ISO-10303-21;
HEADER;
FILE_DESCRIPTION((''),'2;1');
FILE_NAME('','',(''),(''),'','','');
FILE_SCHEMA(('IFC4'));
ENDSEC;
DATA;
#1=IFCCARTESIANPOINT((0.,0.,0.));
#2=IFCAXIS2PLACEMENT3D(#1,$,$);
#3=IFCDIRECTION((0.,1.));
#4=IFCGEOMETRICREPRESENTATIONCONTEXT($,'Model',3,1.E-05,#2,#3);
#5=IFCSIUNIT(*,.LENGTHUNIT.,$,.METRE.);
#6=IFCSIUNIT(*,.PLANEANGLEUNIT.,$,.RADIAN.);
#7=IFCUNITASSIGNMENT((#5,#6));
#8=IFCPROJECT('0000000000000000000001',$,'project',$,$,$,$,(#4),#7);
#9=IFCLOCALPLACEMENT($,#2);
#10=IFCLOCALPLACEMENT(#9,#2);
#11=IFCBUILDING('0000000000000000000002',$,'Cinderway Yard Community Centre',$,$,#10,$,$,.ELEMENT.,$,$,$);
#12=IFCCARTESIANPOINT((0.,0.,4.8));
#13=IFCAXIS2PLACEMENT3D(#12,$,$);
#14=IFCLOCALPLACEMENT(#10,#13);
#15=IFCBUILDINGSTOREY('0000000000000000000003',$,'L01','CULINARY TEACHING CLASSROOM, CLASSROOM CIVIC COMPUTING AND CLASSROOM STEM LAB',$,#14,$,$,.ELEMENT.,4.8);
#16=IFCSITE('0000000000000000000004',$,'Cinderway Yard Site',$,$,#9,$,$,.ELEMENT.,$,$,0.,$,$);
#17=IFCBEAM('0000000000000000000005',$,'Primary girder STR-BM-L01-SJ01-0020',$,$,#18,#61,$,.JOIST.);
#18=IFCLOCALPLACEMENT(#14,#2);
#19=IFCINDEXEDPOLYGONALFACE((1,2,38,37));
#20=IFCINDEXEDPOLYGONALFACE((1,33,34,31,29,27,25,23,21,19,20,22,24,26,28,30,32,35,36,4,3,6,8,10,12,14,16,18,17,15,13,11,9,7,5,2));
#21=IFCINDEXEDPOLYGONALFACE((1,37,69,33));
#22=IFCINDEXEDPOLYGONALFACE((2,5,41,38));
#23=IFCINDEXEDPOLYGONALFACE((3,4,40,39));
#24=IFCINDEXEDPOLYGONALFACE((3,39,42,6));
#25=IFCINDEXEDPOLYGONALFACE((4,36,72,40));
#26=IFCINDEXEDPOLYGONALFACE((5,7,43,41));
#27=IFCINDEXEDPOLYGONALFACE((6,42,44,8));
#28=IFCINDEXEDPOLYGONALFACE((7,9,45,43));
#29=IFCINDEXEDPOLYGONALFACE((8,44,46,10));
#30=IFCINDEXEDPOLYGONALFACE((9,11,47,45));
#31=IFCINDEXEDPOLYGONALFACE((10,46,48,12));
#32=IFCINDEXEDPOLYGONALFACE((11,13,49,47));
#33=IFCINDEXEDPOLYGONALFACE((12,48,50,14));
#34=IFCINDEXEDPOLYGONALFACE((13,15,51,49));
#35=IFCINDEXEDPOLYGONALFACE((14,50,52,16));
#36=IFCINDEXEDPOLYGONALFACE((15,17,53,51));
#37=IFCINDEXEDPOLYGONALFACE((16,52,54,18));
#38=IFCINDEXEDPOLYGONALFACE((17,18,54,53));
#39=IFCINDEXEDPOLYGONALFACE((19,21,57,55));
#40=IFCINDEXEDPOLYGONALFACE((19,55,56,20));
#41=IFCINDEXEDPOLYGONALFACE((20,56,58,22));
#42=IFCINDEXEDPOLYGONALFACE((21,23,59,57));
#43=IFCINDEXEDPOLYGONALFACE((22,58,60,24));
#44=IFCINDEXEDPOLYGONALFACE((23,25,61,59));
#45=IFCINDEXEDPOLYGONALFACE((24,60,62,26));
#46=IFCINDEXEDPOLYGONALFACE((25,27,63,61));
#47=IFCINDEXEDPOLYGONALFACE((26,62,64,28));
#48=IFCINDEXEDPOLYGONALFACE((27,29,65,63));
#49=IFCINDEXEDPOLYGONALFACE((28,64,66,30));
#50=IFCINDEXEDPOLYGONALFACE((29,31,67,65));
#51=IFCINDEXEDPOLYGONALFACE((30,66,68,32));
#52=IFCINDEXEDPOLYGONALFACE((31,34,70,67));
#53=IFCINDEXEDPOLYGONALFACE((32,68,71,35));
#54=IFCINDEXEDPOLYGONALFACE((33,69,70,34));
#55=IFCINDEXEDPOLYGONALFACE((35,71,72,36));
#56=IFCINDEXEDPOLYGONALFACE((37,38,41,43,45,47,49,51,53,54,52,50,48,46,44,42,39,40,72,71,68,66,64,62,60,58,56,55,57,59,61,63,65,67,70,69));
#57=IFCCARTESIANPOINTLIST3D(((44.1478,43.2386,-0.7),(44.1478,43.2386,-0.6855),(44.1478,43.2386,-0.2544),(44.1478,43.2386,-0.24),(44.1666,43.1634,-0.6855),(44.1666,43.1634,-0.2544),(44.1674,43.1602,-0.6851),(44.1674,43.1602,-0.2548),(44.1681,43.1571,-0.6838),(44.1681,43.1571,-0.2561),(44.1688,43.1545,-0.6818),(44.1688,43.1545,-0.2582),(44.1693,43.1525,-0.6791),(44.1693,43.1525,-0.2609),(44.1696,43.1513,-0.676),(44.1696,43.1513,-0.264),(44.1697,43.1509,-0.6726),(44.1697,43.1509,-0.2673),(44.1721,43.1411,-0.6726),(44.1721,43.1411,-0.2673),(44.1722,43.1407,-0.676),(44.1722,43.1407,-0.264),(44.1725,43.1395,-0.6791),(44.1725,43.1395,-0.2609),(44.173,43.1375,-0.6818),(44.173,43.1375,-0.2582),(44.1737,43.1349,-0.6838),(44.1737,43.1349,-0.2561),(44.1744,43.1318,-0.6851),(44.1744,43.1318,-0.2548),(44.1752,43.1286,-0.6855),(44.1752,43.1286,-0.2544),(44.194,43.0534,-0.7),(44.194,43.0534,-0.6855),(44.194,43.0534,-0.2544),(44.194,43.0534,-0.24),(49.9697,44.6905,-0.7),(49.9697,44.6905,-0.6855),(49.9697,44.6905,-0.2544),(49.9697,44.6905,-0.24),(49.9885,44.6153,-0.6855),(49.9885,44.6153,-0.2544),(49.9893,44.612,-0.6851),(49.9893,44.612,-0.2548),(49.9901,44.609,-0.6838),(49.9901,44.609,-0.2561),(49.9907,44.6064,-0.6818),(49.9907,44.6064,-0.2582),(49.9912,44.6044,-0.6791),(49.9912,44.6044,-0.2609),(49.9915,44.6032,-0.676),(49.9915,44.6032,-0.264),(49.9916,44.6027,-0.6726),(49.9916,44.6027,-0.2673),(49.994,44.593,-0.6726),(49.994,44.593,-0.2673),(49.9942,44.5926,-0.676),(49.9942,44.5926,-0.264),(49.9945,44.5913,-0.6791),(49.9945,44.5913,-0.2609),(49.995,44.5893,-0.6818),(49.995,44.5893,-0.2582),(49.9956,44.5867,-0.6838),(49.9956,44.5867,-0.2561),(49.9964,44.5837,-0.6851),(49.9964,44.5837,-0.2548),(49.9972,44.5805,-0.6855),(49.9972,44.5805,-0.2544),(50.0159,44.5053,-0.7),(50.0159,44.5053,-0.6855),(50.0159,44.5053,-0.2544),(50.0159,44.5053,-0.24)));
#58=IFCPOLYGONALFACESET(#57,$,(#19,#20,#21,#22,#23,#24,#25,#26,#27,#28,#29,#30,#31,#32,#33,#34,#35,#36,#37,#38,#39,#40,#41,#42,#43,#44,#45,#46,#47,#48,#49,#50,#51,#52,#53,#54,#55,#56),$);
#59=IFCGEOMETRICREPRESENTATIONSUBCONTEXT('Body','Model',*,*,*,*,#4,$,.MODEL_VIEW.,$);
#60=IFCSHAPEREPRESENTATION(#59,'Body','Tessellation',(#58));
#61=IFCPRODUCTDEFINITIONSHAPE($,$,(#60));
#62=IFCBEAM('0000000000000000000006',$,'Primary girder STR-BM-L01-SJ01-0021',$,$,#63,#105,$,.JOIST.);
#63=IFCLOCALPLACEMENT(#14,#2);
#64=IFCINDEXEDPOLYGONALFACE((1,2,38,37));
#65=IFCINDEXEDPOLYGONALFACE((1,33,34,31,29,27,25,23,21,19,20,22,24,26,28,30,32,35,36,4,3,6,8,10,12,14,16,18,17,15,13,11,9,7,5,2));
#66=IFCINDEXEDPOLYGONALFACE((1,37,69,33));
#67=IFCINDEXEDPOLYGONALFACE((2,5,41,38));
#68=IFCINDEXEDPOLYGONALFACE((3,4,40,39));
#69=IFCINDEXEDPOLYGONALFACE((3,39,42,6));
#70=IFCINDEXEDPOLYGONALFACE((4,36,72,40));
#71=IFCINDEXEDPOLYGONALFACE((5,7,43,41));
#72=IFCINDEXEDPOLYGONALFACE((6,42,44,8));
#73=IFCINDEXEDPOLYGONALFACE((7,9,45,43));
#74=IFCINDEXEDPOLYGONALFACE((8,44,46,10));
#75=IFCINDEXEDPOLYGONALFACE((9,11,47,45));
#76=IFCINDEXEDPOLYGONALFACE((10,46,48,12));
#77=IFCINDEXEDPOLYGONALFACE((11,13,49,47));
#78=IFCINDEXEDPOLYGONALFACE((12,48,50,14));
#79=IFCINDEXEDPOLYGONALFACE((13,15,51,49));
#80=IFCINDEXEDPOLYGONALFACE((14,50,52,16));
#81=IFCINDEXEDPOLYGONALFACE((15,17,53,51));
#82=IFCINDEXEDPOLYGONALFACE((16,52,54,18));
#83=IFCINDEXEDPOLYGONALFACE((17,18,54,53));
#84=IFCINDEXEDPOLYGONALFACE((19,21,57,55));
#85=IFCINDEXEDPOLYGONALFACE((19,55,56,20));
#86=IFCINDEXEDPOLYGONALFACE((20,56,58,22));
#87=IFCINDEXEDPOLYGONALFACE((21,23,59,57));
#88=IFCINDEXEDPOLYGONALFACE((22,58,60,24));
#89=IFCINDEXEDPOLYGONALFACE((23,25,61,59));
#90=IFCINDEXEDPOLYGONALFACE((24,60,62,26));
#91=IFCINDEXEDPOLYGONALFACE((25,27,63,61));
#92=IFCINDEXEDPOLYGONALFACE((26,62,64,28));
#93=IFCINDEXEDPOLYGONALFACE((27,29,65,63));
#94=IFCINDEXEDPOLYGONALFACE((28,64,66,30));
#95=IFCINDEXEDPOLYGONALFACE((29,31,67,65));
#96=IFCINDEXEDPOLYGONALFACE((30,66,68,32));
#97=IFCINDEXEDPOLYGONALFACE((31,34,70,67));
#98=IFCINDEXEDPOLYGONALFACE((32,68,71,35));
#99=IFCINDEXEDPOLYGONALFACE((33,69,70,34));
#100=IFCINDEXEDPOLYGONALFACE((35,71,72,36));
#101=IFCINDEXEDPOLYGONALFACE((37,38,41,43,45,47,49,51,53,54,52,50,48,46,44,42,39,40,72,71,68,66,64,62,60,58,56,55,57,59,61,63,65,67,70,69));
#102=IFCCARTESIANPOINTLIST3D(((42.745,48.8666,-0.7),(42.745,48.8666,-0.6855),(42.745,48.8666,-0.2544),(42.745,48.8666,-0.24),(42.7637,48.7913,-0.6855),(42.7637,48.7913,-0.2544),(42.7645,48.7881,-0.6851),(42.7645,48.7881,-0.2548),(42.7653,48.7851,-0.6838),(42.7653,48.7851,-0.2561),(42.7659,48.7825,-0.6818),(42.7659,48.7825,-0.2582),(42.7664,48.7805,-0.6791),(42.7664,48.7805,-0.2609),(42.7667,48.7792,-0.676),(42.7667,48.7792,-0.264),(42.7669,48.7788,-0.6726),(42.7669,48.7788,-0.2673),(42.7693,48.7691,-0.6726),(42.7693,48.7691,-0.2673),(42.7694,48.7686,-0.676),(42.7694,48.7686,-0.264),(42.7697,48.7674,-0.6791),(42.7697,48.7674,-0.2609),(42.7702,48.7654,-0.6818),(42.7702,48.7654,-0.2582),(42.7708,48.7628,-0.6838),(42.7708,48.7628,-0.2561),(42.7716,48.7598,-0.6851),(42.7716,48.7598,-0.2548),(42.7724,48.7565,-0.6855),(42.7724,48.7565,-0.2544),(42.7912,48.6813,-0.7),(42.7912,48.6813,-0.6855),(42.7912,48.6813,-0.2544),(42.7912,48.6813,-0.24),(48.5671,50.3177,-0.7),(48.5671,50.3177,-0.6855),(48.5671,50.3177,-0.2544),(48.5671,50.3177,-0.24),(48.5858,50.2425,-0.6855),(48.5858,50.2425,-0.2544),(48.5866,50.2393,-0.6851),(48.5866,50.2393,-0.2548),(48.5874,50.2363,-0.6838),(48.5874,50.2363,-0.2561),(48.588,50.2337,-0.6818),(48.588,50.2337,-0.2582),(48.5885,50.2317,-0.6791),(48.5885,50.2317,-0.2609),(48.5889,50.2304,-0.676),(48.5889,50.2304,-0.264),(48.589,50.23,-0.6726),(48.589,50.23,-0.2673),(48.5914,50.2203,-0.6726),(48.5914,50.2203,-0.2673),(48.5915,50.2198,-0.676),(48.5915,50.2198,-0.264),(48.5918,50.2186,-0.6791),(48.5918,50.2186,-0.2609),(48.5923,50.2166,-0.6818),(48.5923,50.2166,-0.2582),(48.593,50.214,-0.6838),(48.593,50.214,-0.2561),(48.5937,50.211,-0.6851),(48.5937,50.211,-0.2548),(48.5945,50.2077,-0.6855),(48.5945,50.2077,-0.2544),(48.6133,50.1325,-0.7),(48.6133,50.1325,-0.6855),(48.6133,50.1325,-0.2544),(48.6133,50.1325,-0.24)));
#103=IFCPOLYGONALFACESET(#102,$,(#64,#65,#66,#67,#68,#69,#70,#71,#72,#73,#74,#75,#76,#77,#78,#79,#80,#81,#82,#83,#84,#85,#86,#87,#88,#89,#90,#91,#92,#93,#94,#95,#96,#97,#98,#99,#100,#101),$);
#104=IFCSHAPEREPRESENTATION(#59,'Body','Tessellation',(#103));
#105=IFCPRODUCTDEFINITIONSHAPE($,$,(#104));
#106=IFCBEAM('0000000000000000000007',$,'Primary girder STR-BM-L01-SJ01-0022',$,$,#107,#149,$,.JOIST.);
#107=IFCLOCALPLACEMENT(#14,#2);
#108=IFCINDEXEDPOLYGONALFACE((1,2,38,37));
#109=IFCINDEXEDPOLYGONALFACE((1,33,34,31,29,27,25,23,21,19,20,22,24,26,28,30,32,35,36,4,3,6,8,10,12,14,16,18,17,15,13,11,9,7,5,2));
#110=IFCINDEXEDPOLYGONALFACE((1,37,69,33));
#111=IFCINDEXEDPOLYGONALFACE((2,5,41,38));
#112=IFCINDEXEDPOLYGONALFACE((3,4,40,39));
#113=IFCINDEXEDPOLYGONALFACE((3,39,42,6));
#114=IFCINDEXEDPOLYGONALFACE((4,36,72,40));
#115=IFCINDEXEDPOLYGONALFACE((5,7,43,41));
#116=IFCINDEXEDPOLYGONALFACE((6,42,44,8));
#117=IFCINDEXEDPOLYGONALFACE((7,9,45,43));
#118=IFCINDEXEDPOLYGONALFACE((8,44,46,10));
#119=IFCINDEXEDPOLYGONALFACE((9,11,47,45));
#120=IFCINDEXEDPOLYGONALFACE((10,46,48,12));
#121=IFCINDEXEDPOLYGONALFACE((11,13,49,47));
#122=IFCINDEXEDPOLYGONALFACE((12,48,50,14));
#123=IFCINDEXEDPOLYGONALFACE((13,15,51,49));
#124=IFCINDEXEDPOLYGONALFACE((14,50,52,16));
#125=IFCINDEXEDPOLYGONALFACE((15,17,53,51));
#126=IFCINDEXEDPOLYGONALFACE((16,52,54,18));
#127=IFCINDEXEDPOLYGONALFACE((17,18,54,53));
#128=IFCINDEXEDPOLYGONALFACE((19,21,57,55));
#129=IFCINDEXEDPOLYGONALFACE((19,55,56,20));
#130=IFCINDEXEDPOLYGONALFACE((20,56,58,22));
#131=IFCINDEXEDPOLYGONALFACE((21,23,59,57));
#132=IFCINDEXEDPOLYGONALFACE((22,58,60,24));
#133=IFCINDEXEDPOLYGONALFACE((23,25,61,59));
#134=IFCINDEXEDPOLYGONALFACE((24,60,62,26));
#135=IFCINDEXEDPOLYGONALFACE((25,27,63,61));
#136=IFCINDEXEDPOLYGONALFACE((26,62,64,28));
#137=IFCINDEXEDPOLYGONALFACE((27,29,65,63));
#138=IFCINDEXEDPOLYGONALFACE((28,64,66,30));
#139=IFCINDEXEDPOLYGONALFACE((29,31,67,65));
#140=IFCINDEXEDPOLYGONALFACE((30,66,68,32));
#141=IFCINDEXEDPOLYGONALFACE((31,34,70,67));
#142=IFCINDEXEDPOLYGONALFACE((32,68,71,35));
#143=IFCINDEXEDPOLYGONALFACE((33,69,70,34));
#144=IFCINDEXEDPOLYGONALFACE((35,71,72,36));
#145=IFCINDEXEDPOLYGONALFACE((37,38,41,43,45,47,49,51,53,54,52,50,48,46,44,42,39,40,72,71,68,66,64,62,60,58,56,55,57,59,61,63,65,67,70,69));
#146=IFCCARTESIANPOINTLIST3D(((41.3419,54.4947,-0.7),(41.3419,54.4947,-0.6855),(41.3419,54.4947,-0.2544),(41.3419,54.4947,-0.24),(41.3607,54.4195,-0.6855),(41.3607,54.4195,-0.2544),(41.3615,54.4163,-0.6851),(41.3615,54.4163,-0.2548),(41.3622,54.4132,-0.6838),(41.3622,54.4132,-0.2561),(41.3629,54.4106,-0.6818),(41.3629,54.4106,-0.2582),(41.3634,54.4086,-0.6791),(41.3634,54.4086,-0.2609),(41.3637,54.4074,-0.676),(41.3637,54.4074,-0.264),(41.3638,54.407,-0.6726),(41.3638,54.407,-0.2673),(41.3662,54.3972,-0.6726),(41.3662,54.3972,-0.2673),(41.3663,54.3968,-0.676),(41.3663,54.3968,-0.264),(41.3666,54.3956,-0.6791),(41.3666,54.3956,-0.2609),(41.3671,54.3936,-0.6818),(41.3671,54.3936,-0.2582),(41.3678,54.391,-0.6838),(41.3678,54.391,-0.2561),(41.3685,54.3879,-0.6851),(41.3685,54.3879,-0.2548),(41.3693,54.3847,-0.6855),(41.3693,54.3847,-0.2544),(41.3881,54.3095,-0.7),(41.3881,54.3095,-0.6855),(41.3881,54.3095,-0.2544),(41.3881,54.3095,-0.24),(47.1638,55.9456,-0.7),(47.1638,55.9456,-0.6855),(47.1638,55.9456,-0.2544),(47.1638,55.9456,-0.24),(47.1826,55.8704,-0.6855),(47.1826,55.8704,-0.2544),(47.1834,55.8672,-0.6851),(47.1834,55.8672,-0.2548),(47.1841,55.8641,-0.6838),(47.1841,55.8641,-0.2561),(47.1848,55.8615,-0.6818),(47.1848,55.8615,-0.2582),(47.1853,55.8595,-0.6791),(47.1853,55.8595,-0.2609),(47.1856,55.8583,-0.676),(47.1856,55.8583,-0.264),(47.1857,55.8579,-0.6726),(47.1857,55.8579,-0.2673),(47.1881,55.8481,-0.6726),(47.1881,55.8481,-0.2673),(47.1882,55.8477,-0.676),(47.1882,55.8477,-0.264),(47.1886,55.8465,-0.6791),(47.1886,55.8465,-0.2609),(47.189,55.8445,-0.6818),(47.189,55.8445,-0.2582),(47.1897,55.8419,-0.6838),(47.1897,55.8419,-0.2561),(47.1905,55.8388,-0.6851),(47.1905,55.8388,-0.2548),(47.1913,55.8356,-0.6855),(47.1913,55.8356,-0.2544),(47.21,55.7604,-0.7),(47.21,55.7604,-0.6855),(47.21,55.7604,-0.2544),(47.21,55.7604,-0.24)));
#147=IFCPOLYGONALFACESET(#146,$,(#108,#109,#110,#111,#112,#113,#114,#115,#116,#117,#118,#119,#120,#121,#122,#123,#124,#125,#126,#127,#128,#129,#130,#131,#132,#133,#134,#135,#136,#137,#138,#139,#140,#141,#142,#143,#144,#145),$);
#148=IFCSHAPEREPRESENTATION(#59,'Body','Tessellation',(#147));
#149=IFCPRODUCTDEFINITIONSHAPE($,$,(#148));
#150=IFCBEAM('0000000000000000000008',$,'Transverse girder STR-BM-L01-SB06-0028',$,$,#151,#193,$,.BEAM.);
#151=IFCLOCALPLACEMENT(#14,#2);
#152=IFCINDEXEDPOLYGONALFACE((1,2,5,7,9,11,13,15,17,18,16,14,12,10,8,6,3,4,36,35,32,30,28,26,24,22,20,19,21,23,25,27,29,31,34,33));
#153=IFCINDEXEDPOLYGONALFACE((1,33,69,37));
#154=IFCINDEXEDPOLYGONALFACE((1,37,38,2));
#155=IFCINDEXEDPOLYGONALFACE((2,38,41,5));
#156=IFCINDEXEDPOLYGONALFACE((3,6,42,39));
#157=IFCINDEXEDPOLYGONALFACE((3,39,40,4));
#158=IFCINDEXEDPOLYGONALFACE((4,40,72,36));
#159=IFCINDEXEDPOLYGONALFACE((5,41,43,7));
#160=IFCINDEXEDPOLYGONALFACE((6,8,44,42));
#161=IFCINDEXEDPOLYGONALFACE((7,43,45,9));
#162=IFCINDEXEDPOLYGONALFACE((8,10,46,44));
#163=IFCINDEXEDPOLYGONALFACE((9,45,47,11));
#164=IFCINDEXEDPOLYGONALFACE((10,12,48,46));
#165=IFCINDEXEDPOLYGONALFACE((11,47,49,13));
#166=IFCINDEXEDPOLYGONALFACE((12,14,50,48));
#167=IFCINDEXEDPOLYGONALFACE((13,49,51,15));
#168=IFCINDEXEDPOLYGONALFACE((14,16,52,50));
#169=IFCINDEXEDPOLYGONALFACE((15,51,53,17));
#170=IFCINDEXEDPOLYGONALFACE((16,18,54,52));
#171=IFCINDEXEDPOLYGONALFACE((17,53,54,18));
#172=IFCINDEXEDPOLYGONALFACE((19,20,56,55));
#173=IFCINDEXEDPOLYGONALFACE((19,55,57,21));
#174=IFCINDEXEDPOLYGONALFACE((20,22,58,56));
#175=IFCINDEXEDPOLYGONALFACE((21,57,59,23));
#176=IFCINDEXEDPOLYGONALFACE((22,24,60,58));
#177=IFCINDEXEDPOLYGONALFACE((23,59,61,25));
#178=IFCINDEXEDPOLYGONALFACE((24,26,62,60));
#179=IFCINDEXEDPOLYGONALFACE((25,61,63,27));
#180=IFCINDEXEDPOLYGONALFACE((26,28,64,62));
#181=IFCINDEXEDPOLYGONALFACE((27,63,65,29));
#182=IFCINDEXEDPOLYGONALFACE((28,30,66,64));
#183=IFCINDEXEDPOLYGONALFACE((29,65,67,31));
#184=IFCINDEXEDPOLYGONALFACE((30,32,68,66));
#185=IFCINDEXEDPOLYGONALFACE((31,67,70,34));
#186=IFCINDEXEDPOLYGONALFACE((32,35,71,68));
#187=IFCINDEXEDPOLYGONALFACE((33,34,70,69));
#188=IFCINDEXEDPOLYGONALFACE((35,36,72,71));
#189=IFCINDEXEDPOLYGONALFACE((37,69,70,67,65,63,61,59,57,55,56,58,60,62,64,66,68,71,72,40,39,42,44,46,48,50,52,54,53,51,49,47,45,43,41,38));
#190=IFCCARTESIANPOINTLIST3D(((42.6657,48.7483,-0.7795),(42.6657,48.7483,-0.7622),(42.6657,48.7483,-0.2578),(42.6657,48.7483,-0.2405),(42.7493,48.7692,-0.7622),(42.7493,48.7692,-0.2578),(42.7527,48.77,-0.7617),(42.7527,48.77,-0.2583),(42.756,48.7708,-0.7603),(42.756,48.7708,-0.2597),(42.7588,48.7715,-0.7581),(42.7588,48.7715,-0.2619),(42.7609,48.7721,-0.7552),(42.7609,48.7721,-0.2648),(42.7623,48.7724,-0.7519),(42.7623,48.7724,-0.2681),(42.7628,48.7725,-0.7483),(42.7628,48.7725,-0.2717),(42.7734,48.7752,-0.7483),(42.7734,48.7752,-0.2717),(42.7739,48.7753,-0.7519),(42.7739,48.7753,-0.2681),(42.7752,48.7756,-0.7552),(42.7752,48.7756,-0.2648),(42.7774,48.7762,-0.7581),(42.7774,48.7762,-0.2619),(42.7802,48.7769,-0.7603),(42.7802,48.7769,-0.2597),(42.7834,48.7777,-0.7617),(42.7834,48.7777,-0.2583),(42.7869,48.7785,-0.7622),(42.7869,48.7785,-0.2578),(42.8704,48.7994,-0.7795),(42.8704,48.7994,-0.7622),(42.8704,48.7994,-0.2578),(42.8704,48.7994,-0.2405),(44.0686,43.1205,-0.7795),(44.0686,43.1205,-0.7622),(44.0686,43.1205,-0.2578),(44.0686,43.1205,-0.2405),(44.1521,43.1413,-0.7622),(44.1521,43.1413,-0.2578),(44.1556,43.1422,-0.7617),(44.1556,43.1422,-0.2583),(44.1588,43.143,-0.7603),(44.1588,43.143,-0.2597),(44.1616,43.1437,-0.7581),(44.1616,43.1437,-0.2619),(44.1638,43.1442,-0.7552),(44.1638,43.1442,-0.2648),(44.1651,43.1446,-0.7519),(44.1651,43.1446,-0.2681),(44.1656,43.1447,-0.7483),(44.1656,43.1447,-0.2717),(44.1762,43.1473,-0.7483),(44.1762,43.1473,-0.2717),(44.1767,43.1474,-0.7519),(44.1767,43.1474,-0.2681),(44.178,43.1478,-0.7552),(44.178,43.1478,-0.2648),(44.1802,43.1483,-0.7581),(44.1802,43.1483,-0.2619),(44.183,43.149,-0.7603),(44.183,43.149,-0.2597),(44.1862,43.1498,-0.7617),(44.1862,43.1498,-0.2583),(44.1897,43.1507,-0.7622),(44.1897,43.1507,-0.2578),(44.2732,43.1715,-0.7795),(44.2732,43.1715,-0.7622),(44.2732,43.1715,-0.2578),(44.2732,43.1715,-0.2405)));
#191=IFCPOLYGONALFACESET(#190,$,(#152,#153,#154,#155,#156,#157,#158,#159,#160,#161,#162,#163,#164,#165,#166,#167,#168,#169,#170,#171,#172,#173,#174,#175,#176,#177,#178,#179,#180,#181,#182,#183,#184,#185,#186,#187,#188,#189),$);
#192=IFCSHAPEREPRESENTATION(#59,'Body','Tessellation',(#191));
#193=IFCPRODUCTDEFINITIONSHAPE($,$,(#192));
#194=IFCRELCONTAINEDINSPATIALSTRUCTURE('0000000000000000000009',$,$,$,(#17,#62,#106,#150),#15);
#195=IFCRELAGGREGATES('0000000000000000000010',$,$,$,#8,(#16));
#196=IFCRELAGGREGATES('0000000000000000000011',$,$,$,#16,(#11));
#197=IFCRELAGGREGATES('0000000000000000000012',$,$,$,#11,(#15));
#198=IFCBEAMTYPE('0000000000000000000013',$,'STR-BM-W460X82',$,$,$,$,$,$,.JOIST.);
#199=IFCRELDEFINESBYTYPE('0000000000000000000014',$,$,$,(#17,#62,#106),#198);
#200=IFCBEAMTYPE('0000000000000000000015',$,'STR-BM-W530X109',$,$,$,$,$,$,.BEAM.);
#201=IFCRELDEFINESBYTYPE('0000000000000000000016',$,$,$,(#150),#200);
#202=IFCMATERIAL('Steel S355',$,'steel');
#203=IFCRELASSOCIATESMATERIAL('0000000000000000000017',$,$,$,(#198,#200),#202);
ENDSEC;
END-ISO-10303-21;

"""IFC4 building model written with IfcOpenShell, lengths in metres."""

from ifc_helpers import new_model, si_unit, direction, frame, origin, origin_2d, place, context, subcontext, project, spatial, i_section, extrude, material, material_profile, profile_set, type_object, element, save


model = new_model("IFC4")

# Units and contexts
model_context = context("Model", 3, precision=1e-05, world=origin(), true_north=direction((0.0, 1.0)))
body_context = subcontext(model_context, "Body", "Model", "MODEL_VIEW")
ifc_project = project(units=[si_unit("LENGTHUNIT", "METRE"), si_unit("PLANEANGLEUNIT", "RADIAN")], contexts=[model_context])

# Site, building, storey
site_placement = place(None, origin())
site = spatial("IfcSite", under=ifc_project, at=site_placement, Name="Cinderway Yard Site", CompositionType="ELEMENT", RefElevation=0.0)
building_placement = place(site_placement, origin())
building = spatial("IfcBuilding", under=site, at=building_placement, Name="Cinderway Yard Community Centre", CompositionType="ELEMENT")
storey_placement = place(building_placement, frame((0.0, 0.0, 4.8)))
storey = spatial("IfcBuildingStorey", under=building, at=storey_placement, Name="L01", Description="CULINARY TEACHING CLASSROOM, CLASSROOM CIVIC COMPUTING AND CLASSROOM STEM LAB", CompositionType="ELEMENT", Elevation=4.8)

# Shared definitions
ifc_material_1 = material(Name="Steel S355", Category="steel")

# Beams
ifc_material_profile_1 = material_profile(ifc_material_1, i_section(OverallWidth=0.1909, OverallDepth=0.46, WebThickness=0.01, FlangeThickness=0.0144, FilletRadius=0.0129, at=origin_2d()), Name="Steel S355")
ifc_profile_set_1 = profile_set([ifc_material_profile_1], Name="Steel S355")
beam_type_1 = type_object("IfcBeamType", Name="STR-BM-W460X82", PredefinedType="JOIST", material=ifc_profile_set_1)
for number, where, z_axis, x_axis, name in (
    (1, (44.1709, 43.146, -0.47), (0.970284, 0.241971, 0.0), (-0.241971, 0.970284, 0.0), "Primary girder STR-BM-L01-SJ01-0020"),
    (2, (42.7681, 48.7739, -0.47), (0.970312, 0.241856, 0.0), (-0.241856, 0.970312, 0.0), "Primary girder STR-BM-L01-SJ01-0021"),
):
    element("IfcBeam", number, at=place(storey_placement, frame(where, z_axis=z_axis, x_axis=x_axis)), inside=storey, type_object=beam_type_1, Name=name, PredefinedType="JOIST", context=body_context, shape_type="SweptSolid", body=[
        extrude(i_section(OverallWidth=0.1909, OverallDepth=0.46, WebThickness=0.01, FlangeThickness=0.0144, FilletRadius=0.0129, at=origin_2d()), origin(), (0.0, 0.0, 1.0), 6.0002),
    ])
beam_1_placement = place(storey_placement, frame((41.365, 54.4021, -0.47), z_axis=(0.970322, 0.241818, 0.0), x_axis=(-0.241818, 0.970322, 0.0)))
element("IfcBeam", 3, at=beam_1_placement, inside=storey, type_object=beam_type_1, Name="Primary girder STR-BM-L01-SJ01-0022", PredefinedType="JOIST", context=body_context, shape_type="SweptSolid", body=[
    extrude(i_section(OverallWidth=0.1909, OverallDepth=0.46, WebThickness=0.01, FlangeThickness=0.0144, FilletRadius=0.0129, at=origin_2d()), origin(), (0.0, 0.0, 1.0), 6.0),
])
ifc_material_profile_2 = material_profile(ifc_material_1, i_section(OverallWidth=0.2109, OverallDepth=0.5391, WebThickness=0.011, FlangeThickness=0.0173, FilletRadius=0.0139, at=origin_2d()), Name="Steel S355")
ifc_profile_set_2 = profile_set([ifc_material_profile_2], Name="Steel S355")
beam_type_2 = type_object("IfcBeamType", Name="STR-BM-W530X109", PredefinedType="BEAM", material=ifc_profile_set_2)
beam_2_placement = place(storey_placement, frame((44.1709, 43.146, -0.51), z_axis=(-0.241862, 0.970311, 0.0), x_axis=(-0.970311, -0.241862, 0.0)))
element("IfcBeam", 4, at=beam_2_placement, inside=storey, type_object=beam_type_2, Name="Transverse girder STR-BM-L01-SB06-0028", PredefinedType="BEAM", context=body_context, shape_type="SweptSolid", body=[
    extrude(i_section(OverallWidth=0.2109, OverallDepth=0.5391, WebThickness=0.011, FlangeThickness=0.0173, FilletRadius=0.0139, at=origin_2d()), origin(), (0.0, 0.0, 1.0), 5.8),
])

save(model, "model.ifc")
